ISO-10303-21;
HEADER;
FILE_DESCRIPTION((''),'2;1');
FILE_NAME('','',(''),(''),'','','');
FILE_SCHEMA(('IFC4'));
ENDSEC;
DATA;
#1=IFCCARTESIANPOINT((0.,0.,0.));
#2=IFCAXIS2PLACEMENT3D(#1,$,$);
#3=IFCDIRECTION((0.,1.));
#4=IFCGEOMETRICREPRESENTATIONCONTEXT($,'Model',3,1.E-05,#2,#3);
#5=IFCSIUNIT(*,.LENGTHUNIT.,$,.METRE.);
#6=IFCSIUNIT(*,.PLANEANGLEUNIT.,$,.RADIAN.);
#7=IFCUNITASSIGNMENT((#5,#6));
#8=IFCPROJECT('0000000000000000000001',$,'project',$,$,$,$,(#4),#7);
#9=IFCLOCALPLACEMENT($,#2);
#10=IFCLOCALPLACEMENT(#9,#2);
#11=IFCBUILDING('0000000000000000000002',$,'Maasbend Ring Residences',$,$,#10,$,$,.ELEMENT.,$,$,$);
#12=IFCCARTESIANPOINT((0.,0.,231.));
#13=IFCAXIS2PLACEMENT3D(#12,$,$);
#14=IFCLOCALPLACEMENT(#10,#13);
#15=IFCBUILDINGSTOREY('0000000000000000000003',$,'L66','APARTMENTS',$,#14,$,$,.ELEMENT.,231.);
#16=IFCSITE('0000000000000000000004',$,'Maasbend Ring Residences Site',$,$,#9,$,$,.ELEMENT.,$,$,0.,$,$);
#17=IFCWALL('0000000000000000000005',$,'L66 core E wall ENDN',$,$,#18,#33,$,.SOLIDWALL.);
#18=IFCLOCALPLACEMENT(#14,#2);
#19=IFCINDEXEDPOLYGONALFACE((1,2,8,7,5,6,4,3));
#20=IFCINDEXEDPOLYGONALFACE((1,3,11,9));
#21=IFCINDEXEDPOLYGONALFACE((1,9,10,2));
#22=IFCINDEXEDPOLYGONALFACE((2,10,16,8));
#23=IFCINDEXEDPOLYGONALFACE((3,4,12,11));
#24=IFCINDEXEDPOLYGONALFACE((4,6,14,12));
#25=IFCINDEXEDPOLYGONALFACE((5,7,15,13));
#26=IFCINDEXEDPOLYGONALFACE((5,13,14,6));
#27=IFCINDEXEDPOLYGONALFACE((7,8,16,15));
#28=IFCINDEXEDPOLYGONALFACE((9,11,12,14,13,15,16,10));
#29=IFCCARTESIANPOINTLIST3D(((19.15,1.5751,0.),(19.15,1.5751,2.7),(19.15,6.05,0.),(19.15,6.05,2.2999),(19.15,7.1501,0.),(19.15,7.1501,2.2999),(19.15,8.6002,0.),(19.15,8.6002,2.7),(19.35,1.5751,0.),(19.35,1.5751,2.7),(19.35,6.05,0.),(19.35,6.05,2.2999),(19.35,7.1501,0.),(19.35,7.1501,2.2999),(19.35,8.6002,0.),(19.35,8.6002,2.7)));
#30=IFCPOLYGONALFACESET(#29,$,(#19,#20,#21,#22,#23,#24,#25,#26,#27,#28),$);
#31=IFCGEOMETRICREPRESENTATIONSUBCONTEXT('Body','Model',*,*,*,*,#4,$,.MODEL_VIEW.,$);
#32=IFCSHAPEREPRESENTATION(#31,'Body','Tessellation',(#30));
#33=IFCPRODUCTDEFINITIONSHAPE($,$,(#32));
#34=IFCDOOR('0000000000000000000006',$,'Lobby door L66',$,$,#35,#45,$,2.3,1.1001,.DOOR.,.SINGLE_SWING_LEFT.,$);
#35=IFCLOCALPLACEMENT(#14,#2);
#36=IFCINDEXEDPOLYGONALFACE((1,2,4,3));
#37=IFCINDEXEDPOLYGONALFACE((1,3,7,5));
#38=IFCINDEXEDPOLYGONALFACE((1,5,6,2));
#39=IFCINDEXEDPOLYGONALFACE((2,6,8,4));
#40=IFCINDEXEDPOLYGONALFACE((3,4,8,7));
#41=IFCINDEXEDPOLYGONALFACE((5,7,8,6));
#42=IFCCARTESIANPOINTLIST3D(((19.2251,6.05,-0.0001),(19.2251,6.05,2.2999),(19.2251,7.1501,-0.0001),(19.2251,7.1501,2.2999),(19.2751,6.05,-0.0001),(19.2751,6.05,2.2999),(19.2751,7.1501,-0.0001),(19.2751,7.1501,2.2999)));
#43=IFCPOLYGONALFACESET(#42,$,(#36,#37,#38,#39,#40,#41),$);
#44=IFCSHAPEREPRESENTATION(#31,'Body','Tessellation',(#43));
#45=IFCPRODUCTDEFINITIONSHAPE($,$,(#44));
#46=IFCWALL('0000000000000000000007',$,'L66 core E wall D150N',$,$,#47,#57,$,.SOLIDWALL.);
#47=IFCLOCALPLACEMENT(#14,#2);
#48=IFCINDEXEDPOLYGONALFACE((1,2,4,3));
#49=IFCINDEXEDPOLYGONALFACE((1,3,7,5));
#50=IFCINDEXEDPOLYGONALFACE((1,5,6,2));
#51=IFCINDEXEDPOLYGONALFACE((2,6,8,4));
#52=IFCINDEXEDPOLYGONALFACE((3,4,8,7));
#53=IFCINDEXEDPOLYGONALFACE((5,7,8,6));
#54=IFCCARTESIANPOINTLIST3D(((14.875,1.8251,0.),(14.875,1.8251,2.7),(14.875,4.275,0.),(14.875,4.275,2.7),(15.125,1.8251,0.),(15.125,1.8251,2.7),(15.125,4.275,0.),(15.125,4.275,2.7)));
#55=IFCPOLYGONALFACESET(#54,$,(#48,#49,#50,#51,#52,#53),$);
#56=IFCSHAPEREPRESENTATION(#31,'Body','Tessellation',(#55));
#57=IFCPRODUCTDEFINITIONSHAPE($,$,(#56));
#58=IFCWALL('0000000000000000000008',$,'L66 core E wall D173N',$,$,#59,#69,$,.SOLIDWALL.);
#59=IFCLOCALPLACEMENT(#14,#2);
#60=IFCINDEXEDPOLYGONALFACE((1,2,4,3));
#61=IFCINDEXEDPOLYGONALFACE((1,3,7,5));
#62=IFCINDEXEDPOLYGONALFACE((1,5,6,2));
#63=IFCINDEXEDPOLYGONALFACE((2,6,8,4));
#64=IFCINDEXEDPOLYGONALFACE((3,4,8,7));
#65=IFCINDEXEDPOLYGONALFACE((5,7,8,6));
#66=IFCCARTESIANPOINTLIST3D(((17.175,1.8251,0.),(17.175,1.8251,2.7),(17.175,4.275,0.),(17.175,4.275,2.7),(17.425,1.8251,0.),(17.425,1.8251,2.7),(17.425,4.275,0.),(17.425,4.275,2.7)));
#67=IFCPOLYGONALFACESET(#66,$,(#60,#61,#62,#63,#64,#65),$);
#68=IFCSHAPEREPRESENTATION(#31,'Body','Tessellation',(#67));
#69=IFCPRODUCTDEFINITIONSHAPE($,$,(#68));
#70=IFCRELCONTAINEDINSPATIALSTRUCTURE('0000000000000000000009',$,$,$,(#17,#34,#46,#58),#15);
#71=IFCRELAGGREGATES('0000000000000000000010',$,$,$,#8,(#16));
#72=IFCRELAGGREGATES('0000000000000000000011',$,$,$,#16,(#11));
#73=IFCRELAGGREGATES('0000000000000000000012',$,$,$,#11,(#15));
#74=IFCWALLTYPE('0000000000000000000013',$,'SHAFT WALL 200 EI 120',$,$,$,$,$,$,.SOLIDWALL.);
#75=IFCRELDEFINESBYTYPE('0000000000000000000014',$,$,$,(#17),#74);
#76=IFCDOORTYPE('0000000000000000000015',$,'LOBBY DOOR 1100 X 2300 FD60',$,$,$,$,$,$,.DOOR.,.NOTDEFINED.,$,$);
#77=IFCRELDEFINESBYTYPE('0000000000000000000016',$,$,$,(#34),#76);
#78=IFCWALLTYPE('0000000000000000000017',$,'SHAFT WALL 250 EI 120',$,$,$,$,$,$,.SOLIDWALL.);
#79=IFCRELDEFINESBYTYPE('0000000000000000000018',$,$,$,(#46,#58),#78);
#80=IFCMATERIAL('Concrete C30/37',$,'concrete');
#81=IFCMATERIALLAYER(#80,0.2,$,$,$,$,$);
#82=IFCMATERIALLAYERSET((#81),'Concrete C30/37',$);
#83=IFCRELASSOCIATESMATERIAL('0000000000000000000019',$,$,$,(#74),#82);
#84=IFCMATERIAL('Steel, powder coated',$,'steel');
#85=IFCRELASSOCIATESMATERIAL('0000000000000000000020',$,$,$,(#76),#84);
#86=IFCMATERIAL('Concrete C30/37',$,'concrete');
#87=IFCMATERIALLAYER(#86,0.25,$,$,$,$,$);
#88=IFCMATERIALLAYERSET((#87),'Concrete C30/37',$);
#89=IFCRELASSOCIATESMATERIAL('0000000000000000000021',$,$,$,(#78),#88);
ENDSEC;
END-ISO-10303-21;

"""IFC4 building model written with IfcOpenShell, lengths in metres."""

from ifc_helpers import new_model, si_unit, direction, frame, frame_2d, origin, place, context, subcontext, project, spatial, rectangle, extrude, material, layer, layer_set, type_object, element, fill, save


model = new_model("IFC4")

# Units and contexts
model_context = context("Model", 3, precision=1e-05, world=origin(), true_north=direction((0.0, 1.0)))
body_context = subcontext(model_context, "Body", "Model", "MODEL_VIEW")
ifc_project = project(units=[si_unit("LENGTHUNIT", "METRE"), si_unit("PLANEANGLEUNIT", "RADIAN")], contexts=[model_context])

# Site, building, storey
site_placement = place(None, origin())
site = spatial("IfcSite", under=ifc_project, at=site_placement, Name="Maasbend Ring Residences Site", CompositionType="ELEMENT", RefElevation=0.0)
building_placement = place(site_placement, origin())
building = spatial("IfcBuilding", under=site, at=building_placement, Name="Maasbend Ring Residences", CompositionType="ELEMENT")
storey_placement = place(building_placement, frame((0.0, 0.0, 231.0)))
storey = spatial("IfcBuildingStorey", under=building, at=storey_placement, Name="L66", Description="APARTMENTS", CompositionType="ELEMENT", Elevation=231.0)

# Wall, opening, door
ifc_material_1 = material(Name="Concrete C30/37", Category="concrete")
ifc_layer_1 = layer(ifc_material_1, 0.2)
ifc_layer_set_1 = layer_set([ifc_layer_1], Name="Concrete C30/37")
wall_type_1 = type_object("IfcWallType", Name="SHAFT WALL 200 EI 120", PredefinedType="SOLIDWALL", material=ifc_layer_set_1)
wall_1_placement = place(storey_placement, frame((19.25, 1.575, 0.0), z_axis=(0.0, 0.0, 1.0), x_axis=(0.0, 1.0, 0.0)))
wall_1 = element("IfcWall", 1, at=wall_1_placement, inside=storey, type_object=wall_type_1, Name="L66 core E wall ENDN", PredefinedType="SOLIDWALL", context=body_context, shape_type="SweptSolid", body=[
    extrude(rectangle(XDim=7.0251, YDim=0.2, at=frame_2d((3.5127, 0.0))), origin(), (0.0, 0.0, 1.0), 2.7),
])
opening_1_placement = place(wall_1_placement, frame((4.4751, 0.0, 0.0)))
opening_1 = element("IfcOpeningElement", 2, at=opening_1_placement, cuts=wall_1, PredefinedType="OPENING", context=body_context, shape_type="SweptSolid", body=[
    extrude(rectangle(XDim=1.1001, YDim=2.3, at=frame_2d((0.55, 1.1499))), frame((0.0, 0.1099, 0.0), z_axis=(0.0, -1.0, 0.0), x_axis=(1.0, 0.0, 0.0)), (0.0, 0.0, 1.0), 0.22),
])
ifc_material_2 = material(Name="Steel, powder coated", Category="steel")
door_type_1 = type_object("IfcDoorType", Name="LOBBY DOOR 1100 X 2300 FD60", OperationType="NOTDEFINED", PredefinedType="DOOR", material=ifc_material_2)
door_1_placement = place(opening_1_placement, origin())
door_1 = element("IfcDoor", 3, at=door_1_placement, inside=storey, type_object=door_type_1, Name="Lobby door L66", OperationType="SINGLE_SWING_LEFT", OverallHeight=2.3, OverallWidth=1.1001, PredefinedType="DOOR", context=body_context, shape_type="SweptSolid", body=[
    extrude(rectangle(XDim=1.1001, YDim=2.3, at=frame_2d((0.55, 1.1499))), frame((0.0, 0.0249, 0.0), z_axis=(0.0, -1.0, 0.0), x_axis=(1.0, 0.0, 0.0)), (0.0, 0.0, 1.0), 0.05),
])
fill(opening_1, door_1)

# Walls
ifc_material_3 = material(Name="Concrete C30/37", Category="concrete")
ifc_layer_2 = layer(ifc_material_3, 0.25)
ifc_layer_set_2 = layer_set([ifc_layer_2], Name="Concrete C30/37")
wall_type_2 = type_object("IfcWallType", Name="SHAFT WALL 250 EI 120", PredefinedType="SOLIDWALL", material=ifc_layer_set_2)
for number, where, z_axis, x_axis, name in (
    (4, (15.0, 1.825, 0.0), (0.0, 0.0, 1.0), (0.0, 1.0, 0.0), "L66 core E wall D150N"),
    (5, (17.3, 1.825, 0.0), (0.0, 0.0, 1.0), (0.0, 1.0, 0.0), "L66 core E wall D173N"),
):
    element("IfcWall", number, at=place(storey_placement, frame(where, z_axis=z_axis, x_axis=x_axis)), inside=storey, type_object=wall_type_2, Name=name, PredefinedType="SOLIDWALL", context=body_context, shape_type="SweptSolid", body=[
        extrude(rectangle(XDim=2.45, YDim=0.25, at=frame_2d((1.2251, 0.0))), origin(), (0.0, 0.0, 1.0), 2.7),
    ])

save(model, "model.ifc")
